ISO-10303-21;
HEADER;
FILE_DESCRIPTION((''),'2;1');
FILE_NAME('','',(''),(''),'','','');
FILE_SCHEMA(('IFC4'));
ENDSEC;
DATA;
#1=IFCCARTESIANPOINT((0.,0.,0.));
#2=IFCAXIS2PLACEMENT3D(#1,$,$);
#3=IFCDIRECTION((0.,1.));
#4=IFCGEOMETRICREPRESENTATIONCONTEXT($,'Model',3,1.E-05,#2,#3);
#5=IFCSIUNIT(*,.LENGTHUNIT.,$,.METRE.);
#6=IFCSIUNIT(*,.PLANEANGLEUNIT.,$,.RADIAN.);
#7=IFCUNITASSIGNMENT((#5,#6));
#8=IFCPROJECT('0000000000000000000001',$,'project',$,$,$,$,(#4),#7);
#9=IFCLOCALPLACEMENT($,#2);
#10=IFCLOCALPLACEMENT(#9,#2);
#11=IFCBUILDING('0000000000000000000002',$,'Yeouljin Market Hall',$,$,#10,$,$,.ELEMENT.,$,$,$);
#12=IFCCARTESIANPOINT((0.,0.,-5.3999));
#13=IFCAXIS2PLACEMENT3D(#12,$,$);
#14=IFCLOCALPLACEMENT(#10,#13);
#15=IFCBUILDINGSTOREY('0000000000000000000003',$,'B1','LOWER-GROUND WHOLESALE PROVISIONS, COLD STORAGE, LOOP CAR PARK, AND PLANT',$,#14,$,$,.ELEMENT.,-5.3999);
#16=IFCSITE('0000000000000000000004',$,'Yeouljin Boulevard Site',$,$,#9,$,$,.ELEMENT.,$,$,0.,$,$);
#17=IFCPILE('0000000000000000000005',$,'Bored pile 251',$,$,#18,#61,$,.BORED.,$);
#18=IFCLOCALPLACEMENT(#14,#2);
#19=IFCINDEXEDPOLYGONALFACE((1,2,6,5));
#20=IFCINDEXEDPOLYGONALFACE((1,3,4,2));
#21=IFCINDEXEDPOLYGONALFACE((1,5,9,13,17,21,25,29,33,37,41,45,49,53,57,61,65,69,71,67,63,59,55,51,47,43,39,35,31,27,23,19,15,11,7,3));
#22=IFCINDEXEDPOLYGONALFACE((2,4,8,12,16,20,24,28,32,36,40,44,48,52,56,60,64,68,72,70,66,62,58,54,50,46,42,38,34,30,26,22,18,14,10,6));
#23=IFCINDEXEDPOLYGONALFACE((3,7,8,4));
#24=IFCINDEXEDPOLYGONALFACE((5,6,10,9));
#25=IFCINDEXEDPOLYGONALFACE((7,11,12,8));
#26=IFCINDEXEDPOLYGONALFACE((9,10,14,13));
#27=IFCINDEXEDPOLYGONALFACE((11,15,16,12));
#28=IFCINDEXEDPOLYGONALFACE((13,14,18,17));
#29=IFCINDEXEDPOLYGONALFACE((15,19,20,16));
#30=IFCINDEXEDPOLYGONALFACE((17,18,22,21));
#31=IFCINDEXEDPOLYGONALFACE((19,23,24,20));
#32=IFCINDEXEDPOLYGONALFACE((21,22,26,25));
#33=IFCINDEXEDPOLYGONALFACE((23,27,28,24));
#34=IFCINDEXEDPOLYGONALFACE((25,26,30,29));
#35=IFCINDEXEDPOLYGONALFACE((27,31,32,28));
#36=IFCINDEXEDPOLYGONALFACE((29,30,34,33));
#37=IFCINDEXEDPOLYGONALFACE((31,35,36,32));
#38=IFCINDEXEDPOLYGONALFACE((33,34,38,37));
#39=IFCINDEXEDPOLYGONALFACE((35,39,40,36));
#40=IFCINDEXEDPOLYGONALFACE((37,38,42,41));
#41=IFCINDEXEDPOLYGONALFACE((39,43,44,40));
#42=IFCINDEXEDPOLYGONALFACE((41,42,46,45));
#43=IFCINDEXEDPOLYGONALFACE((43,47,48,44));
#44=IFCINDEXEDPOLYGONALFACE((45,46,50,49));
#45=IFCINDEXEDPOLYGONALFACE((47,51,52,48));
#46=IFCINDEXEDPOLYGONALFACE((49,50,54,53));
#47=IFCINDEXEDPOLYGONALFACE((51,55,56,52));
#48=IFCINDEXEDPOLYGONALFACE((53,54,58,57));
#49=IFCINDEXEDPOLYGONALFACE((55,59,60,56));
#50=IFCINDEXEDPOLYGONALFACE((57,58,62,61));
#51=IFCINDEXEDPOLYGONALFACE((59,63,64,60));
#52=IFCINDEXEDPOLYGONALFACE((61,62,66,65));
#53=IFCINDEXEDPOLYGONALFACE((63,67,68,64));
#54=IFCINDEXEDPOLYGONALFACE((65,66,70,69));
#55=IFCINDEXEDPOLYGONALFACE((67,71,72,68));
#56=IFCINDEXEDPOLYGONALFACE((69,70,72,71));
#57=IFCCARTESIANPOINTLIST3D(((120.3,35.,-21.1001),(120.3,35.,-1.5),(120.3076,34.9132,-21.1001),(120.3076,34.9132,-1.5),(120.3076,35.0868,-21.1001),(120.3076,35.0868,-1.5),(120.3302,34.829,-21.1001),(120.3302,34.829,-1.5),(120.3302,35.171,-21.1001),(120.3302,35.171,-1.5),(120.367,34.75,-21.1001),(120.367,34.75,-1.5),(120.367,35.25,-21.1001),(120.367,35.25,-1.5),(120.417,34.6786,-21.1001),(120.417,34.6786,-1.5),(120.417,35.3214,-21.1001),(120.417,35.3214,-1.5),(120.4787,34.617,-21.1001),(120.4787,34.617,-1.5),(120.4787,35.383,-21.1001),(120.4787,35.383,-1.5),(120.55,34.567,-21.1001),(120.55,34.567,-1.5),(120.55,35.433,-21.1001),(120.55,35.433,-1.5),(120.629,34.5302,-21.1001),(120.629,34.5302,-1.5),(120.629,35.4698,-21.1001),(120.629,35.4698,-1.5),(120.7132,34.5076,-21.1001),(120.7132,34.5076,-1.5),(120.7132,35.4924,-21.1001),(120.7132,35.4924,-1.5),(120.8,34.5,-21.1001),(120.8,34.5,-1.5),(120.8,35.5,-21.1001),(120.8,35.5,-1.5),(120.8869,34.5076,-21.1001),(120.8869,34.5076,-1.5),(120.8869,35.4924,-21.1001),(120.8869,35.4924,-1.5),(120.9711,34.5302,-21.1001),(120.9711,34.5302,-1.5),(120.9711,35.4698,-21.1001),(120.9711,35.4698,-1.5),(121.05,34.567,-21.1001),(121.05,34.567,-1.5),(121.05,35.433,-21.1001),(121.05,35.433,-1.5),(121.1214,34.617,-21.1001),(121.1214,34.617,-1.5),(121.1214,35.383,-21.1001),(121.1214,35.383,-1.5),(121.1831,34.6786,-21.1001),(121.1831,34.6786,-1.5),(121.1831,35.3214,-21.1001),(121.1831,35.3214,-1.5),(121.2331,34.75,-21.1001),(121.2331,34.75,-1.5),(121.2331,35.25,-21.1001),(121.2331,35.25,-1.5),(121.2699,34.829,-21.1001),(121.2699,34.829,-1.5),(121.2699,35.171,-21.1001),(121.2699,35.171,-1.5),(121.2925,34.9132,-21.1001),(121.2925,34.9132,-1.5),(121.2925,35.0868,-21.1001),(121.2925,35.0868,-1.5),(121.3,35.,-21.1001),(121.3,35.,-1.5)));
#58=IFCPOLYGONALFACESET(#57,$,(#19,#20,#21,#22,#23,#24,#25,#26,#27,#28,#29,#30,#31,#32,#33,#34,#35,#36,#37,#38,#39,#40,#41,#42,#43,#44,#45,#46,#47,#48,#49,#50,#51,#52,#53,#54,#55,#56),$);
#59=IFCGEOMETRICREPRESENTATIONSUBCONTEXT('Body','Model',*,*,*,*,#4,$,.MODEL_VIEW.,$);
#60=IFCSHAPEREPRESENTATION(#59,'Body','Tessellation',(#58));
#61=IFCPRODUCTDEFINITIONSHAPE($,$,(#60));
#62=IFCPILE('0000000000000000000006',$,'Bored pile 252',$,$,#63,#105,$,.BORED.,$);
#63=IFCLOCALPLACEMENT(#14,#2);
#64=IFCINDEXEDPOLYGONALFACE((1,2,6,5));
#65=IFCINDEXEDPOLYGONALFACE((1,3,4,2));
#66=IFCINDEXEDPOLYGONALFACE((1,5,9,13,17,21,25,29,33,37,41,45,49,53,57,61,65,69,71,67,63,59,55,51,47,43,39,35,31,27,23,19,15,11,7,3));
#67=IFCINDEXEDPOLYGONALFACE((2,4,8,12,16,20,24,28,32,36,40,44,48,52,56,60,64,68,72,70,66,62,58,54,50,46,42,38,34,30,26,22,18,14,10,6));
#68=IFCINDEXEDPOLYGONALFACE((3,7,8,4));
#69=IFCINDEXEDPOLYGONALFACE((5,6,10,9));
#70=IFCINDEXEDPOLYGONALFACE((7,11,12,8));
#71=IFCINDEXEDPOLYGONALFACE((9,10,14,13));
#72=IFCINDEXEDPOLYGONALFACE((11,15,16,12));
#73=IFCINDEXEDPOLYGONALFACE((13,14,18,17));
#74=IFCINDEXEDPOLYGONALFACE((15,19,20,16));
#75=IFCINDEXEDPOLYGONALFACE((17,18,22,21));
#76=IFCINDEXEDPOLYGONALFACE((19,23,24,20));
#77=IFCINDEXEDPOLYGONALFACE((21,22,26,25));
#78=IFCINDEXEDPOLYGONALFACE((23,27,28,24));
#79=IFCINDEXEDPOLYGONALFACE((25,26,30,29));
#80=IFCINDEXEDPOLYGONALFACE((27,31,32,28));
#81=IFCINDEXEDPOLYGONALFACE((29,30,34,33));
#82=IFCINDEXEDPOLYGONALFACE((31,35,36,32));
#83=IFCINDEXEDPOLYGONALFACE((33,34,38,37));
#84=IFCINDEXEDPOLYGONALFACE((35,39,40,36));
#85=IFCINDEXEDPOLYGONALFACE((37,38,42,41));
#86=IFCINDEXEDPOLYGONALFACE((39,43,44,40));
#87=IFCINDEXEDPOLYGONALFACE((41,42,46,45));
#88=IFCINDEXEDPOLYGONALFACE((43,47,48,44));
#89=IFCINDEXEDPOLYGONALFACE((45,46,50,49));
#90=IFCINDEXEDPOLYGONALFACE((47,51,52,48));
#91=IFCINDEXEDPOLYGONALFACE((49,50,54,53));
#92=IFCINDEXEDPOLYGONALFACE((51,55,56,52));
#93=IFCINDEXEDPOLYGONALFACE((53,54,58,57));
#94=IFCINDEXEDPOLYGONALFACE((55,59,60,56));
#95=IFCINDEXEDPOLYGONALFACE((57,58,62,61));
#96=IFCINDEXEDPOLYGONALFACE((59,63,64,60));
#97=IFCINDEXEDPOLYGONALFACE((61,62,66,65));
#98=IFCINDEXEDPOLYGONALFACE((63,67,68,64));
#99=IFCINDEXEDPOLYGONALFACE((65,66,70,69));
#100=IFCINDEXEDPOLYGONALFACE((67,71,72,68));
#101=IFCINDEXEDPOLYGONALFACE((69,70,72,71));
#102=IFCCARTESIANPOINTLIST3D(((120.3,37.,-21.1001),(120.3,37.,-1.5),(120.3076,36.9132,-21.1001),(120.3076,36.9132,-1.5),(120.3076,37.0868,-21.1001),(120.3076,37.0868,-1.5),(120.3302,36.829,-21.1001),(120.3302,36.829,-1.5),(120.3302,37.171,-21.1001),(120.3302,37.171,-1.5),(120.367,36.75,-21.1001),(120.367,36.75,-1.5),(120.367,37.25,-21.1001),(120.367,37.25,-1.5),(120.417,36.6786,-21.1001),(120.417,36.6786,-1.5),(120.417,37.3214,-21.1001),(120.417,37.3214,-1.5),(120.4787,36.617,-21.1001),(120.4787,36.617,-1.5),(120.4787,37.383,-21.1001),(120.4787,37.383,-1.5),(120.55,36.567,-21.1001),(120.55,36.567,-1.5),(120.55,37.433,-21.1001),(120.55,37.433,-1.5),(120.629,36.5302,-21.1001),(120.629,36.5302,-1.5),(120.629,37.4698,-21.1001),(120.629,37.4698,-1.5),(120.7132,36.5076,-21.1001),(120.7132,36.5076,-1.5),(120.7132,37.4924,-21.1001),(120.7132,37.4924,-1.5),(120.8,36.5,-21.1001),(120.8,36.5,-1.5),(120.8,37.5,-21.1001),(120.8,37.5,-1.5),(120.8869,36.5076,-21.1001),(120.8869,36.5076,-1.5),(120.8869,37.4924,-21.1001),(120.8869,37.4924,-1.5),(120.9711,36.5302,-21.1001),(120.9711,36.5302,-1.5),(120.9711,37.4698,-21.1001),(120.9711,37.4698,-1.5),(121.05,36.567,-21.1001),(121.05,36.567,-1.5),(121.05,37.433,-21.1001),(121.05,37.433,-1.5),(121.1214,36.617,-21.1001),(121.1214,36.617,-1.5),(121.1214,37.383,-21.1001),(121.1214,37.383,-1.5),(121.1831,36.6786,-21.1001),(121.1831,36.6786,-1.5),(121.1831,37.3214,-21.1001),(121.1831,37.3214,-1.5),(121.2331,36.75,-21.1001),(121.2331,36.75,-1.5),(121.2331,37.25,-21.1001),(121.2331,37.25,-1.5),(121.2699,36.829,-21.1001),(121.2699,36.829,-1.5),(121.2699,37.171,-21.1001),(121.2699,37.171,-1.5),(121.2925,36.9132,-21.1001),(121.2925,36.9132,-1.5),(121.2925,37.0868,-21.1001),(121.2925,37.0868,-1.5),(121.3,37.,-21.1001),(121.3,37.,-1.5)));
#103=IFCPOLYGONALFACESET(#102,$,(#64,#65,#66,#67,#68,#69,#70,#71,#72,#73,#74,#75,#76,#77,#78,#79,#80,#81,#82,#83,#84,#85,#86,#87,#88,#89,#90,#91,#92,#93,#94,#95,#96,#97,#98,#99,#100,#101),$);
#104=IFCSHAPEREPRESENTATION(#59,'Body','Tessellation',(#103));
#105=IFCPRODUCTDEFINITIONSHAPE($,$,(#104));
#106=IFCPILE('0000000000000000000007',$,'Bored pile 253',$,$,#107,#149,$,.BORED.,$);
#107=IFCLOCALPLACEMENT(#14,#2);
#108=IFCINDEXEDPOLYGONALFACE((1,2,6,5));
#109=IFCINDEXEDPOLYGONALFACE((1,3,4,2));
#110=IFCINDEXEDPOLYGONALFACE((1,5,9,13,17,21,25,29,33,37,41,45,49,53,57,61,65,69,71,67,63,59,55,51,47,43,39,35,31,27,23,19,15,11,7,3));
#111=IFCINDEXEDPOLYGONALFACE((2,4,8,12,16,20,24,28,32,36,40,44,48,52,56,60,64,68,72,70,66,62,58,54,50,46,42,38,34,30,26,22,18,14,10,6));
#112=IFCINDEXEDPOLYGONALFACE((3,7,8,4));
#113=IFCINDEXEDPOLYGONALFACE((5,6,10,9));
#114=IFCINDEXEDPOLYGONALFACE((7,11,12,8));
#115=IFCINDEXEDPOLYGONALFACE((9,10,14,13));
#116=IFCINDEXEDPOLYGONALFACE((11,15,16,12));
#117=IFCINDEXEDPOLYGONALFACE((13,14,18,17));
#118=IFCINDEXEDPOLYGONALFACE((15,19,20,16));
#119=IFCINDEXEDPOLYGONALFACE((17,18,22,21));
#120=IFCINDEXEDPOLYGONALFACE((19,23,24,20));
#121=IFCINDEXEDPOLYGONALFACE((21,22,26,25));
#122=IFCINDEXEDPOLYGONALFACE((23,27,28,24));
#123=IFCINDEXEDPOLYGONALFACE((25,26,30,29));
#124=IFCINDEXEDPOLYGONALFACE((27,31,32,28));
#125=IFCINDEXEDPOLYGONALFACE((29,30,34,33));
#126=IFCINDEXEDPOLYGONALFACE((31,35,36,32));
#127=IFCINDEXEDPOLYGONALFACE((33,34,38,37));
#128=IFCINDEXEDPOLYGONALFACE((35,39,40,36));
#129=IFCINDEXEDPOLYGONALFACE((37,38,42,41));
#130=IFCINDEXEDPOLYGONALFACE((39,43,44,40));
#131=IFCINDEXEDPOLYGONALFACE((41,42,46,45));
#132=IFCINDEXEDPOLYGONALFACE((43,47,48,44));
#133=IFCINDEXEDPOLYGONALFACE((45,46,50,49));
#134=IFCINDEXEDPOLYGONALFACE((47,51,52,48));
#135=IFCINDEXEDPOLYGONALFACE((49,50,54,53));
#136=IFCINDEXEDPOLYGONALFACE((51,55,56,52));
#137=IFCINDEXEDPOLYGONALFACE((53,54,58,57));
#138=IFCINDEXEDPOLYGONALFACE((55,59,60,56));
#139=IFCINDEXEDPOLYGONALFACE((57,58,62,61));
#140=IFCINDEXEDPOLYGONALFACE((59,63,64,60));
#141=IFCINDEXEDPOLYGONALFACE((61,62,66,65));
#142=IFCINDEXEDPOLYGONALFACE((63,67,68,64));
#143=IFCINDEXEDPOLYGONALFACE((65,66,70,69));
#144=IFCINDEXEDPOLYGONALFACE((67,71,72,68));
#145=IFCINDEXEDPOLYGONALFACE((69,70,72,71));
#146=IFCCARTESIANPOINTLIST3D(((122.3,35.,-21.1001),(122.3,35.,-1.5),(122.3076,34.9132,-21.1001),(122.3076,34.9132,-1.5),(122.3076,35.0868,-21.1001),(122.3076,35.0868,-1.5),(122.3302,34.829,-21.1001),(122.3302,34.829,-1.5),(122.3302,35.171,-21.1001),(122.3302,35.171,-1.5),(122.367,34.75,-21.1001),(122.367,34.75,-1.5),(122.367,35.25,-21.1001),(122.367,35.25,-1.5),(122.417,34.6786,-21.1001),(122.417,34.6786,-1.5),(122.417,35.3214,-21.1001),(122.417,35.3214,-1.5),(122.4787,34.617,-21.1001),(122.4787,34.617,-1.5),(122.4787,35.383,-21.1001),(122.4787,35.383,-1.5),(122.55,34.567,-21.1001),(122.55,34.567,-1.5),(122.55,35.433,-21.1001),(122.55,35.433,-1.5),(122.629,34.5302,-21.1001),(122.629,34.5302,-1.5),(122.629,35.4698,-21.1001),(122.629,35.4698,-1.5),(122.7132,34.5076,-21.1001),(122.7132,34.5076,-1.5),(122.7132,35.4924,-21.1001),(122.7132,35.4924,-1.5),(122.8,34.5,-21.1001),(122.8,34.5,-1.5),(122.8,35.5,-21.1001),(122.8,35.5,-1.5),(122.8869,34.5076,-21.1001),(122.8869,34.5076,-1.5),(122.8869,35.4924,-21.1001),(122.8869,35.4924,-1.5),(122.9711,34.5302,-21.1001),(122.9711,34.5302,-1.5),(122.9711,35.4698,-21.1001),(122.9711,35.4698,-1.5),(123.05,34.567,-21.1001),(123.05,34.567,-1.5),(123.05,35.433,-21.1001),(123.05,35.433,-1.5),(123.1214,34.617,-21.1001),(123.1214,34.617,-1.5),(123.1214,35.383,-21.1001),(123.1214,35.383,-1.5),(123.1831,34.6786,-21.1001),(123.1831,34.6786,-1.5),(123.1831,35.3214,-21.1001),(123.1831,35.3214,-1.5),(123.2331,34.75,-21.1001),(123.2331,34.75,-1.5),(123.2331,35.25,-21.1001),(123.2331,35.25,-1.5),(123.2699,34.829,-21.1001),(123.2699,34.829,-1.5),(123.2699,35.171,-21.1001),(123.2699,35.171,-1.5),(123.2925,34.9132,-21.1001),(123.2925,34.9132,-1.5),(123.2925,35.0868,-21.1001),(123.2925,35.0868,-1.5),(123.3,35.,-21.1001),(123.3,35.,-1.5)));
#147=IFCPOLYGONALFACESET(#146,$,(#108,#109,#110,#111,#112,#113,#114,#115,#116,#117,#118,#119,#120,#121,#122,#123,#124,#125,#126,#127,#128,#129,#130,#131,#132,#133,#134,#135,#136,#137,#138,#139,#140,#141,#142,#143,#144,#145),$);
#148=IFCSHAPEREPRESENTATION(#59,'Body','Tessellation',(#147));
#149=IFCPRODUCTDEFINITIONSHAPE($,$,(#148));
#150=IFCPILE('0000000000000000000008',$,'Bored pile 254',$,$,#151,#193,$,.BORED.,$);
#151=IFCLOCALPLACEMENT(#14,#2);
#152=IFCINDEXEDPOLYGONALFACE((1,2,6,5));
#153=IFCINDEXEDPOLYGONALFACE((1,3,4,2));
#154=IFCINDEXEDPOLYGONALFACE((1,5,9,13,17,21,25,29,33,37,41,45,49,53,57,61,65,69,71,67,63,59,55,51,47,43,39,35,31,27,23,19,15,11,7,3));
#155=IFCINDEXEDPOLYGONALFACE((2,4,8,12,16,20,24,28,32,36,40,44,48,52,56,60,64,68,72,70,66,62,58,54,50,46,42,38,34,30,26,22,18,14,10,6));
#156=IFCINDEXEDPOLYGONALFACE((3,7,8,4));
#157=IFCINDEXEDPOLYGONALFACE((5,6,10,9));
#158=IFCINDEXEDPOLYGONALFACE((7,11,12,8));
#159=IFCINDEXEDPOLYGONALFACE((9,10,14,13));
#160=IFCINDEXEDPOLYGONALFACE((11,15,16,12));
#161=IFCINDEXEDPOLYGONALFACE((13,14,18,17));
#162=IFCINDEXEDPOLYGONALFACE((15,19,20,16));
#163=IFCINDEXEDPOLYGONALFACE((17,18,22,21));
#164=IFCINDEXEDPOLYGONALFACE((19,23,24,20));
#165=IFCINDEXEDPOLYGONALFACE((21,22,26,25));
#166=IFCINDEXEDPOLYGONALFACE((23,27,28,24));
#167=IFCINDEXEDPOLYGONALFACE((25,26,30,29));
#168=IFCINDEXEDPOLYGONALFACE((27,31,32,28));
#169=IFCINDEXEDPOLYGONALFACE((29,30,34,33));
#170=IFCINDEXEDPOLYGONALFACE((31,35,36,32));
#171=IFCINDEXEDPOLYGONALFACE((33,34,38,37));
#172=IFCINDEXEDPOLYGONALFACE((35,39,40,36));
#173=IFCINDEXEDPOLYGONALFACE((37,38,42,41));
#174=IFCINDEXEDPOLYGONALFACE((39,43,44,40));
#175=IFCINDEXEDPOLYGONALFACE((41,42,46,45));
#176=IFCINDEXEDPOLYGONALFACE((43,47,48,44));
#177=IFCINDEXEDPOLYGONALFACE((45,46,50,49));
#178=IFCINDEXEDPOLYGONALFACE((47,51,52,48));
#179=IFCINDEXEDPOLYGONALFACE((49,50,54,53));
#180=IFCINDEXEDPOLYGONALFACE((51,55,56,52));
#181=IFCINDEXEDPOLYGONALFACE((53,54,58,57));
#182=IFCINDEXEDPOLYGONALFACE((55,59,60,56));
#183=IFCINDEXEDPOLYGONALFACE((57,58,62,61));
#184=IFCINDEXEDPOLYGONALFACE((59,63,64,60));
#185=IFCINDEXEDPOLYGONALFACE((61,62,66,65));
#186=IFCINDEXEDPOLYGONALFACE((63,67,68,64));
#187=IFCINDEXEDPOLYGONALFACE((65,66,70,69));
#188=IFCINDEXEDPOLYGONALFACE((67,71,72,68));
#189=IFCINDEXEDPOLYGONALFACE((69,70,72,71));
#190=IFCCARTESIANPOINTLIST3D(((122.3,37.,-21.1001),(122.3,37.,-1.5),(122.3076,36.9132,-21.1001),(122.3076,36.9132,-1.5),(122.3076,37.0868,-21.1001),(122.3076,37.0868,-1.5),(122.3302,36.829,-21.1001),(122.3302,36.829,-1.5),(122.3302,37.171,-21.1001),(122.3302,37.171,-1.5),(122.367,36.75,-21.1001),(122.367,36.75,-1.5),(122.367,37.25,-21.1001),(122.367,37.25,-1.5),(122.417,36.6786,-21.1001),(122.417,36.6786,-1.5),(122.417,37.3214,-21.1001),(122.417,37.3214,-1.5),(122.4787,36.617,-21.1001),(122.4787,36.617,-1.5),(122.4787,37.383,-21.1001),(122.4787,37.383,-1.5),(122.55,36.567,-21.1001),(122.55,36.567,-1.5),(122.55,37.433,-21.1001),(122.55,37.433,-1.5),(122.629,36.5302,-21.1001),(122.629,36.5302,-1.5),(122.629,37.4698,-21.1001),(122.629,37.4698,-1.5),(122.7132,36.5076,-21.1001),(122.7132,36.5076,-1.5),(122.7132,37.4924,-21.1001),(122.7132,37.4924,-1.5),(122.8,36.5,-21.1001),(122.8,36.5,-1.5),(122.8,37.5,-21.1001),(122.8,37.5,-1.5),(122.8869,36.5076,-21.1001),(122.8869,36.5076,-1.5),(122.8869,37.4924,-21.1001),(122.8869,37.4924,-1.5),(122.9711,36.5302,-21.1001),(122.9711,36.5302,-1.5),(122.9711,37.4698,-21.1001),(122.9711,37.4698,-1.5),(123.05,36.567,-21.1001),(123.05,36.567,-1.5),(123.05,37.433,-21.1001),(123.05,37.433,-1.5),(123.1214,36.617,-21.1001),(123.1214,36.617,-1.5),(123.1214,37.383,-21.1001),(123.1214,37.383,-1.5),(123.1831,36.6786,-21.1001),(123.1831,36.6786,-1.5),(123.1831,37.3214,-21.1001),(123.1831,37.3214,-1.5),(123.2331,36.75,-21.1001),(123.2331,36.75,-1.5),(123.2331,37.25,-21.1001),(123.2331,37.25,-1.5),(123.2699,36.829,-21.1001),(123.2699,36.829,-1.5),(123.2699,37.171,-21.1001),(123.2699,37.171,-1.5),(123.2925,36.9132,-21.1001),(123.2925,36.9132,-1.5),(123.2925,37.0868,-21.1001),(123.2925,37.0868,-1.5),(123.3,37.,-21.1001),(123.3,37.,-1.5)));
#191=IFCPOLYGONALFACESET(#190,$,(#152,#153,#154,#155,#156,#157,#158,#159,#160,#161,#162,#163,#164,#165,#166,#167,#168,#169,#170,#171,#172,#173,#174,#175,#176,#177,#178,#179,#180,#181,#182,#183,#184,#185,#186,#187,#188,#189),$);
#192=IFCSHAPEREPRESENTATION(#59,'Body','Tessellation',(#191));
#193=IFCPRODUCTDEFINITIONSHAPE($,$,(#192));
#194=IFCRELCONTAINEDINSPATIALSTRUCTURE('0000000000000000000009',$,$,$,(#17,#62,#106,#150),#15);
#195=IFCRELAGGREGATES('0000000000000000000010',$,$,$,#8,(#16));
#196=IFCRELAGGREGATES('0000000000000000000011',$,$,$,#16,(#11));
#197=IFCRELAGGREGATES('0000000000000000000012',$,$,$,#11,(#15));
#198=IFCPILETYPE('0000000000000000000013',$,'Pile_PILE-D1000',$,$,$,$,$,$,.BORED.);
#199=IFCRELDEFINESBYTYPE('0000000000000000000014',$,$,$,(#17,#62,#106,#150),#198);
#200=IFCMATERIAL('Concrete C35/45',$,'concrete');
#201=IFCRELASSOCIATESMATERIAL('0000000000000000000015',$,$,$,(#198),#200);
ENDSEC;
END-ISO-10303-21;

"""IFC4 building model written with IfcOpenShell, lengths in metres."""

from ifc_helpers import new_model, si_unit, direction, frame, origin, origin_2d, place, context, subcontext, project, spatial, circle, extrude, material, material_profile, profile_set, type_object, element, save


model = new_model("IFC4")

# Units and contexts
model_context = context("Model", 3, precision=1e-05, world=origin(), true_north=direction((0.0, 1.0)))
body_context = subcontext(model_context, "Body", "Model", "MODEL_VIEW")
ifc_project = project(units=[si_unit("LENGTHUNIT", "METRE"), si_unit("PLANEANGLEUNIT", "RADIAN")], contexts=[model_context])

# Site, building, storey
site_placement = place(None, origin())
site = spatial("IfcSite", under=ifc_project, at=site_placement, Name="Yeouljin Boulevard Site", CompositionType="ELEMENT", RefElevation=0.0)
building_placement = place(site_placement, origin())
building = spatial("IfcBuilding", under=site, at=building_placement, Name="Yeouljin Market Hall", CompositionType="ELEMENT")
storey_placement = place(building_placement, frame((0.0, 0.0, -5.3999)))
storey = spatial("IfcBuildingStorey", under=building, at=storey_placement, Name="B1", Description="LOWER-GROUND WHOLESALE PROVISIONS, COLD STORAGE, LOOP CAR PARK, AND PLANT", CompositionType="ELEMENT", Elevation=-5.3999)

# Piles
ifc_material_1 = material(Name="Concrete C35/45", Category="concrete")
ifc_material_profile_1 = material_profile(ifc_material_1, circle(Radius=0.5, at=origin_2d()), Name="PILE-D1000")
ifc_profile_set_1 = profile_set([ifc_material_profile_1], Name="Concrete C35/45")
pile_type = type_object("IfcPileType", Name="Pile_PILE-D1000", PredefinedType="BORED", material=ifc_profile_set_1)
for number, where, z_axis, x_axis, name in (
    (1, (120.8, 35.0, -1.5), (0.0, 0.0, -1.0), (1.0, 0.0, 0.0), "Bored pile 251"),
    (2, (120.8, 37.0, -1.5), (0.0, 0.0, -1.0), (1.0, 0.0, 0.0), "Bored pile 252"),
    (3, (122.8, 35.0, -1.5), (0.0, 0.0, -1.0), (1.0, 0.0, 0.0), "Bored pile 253"),
    (4, (122.8, 37.0, -1.5), (0.0, 0.0, -1.0), (1.0, 0.0, 0.0), "Bored pile 254"),
):
    element("IfcPile", number, at=place(storey_placement, frame(where, z_axis=z_axis, x_axis=x_axis)), inside=storey, type_object=pile_type, Name=name, PredefinedType="BORED", context=body_context, shape_type="SweptSolid", body=[
        extrude(circle(Radius=0.5, at=origin_2d()), origin(), (0.0, 0.0, 1.0), 19.6001),
    ])

save(model, "model.ifc")
